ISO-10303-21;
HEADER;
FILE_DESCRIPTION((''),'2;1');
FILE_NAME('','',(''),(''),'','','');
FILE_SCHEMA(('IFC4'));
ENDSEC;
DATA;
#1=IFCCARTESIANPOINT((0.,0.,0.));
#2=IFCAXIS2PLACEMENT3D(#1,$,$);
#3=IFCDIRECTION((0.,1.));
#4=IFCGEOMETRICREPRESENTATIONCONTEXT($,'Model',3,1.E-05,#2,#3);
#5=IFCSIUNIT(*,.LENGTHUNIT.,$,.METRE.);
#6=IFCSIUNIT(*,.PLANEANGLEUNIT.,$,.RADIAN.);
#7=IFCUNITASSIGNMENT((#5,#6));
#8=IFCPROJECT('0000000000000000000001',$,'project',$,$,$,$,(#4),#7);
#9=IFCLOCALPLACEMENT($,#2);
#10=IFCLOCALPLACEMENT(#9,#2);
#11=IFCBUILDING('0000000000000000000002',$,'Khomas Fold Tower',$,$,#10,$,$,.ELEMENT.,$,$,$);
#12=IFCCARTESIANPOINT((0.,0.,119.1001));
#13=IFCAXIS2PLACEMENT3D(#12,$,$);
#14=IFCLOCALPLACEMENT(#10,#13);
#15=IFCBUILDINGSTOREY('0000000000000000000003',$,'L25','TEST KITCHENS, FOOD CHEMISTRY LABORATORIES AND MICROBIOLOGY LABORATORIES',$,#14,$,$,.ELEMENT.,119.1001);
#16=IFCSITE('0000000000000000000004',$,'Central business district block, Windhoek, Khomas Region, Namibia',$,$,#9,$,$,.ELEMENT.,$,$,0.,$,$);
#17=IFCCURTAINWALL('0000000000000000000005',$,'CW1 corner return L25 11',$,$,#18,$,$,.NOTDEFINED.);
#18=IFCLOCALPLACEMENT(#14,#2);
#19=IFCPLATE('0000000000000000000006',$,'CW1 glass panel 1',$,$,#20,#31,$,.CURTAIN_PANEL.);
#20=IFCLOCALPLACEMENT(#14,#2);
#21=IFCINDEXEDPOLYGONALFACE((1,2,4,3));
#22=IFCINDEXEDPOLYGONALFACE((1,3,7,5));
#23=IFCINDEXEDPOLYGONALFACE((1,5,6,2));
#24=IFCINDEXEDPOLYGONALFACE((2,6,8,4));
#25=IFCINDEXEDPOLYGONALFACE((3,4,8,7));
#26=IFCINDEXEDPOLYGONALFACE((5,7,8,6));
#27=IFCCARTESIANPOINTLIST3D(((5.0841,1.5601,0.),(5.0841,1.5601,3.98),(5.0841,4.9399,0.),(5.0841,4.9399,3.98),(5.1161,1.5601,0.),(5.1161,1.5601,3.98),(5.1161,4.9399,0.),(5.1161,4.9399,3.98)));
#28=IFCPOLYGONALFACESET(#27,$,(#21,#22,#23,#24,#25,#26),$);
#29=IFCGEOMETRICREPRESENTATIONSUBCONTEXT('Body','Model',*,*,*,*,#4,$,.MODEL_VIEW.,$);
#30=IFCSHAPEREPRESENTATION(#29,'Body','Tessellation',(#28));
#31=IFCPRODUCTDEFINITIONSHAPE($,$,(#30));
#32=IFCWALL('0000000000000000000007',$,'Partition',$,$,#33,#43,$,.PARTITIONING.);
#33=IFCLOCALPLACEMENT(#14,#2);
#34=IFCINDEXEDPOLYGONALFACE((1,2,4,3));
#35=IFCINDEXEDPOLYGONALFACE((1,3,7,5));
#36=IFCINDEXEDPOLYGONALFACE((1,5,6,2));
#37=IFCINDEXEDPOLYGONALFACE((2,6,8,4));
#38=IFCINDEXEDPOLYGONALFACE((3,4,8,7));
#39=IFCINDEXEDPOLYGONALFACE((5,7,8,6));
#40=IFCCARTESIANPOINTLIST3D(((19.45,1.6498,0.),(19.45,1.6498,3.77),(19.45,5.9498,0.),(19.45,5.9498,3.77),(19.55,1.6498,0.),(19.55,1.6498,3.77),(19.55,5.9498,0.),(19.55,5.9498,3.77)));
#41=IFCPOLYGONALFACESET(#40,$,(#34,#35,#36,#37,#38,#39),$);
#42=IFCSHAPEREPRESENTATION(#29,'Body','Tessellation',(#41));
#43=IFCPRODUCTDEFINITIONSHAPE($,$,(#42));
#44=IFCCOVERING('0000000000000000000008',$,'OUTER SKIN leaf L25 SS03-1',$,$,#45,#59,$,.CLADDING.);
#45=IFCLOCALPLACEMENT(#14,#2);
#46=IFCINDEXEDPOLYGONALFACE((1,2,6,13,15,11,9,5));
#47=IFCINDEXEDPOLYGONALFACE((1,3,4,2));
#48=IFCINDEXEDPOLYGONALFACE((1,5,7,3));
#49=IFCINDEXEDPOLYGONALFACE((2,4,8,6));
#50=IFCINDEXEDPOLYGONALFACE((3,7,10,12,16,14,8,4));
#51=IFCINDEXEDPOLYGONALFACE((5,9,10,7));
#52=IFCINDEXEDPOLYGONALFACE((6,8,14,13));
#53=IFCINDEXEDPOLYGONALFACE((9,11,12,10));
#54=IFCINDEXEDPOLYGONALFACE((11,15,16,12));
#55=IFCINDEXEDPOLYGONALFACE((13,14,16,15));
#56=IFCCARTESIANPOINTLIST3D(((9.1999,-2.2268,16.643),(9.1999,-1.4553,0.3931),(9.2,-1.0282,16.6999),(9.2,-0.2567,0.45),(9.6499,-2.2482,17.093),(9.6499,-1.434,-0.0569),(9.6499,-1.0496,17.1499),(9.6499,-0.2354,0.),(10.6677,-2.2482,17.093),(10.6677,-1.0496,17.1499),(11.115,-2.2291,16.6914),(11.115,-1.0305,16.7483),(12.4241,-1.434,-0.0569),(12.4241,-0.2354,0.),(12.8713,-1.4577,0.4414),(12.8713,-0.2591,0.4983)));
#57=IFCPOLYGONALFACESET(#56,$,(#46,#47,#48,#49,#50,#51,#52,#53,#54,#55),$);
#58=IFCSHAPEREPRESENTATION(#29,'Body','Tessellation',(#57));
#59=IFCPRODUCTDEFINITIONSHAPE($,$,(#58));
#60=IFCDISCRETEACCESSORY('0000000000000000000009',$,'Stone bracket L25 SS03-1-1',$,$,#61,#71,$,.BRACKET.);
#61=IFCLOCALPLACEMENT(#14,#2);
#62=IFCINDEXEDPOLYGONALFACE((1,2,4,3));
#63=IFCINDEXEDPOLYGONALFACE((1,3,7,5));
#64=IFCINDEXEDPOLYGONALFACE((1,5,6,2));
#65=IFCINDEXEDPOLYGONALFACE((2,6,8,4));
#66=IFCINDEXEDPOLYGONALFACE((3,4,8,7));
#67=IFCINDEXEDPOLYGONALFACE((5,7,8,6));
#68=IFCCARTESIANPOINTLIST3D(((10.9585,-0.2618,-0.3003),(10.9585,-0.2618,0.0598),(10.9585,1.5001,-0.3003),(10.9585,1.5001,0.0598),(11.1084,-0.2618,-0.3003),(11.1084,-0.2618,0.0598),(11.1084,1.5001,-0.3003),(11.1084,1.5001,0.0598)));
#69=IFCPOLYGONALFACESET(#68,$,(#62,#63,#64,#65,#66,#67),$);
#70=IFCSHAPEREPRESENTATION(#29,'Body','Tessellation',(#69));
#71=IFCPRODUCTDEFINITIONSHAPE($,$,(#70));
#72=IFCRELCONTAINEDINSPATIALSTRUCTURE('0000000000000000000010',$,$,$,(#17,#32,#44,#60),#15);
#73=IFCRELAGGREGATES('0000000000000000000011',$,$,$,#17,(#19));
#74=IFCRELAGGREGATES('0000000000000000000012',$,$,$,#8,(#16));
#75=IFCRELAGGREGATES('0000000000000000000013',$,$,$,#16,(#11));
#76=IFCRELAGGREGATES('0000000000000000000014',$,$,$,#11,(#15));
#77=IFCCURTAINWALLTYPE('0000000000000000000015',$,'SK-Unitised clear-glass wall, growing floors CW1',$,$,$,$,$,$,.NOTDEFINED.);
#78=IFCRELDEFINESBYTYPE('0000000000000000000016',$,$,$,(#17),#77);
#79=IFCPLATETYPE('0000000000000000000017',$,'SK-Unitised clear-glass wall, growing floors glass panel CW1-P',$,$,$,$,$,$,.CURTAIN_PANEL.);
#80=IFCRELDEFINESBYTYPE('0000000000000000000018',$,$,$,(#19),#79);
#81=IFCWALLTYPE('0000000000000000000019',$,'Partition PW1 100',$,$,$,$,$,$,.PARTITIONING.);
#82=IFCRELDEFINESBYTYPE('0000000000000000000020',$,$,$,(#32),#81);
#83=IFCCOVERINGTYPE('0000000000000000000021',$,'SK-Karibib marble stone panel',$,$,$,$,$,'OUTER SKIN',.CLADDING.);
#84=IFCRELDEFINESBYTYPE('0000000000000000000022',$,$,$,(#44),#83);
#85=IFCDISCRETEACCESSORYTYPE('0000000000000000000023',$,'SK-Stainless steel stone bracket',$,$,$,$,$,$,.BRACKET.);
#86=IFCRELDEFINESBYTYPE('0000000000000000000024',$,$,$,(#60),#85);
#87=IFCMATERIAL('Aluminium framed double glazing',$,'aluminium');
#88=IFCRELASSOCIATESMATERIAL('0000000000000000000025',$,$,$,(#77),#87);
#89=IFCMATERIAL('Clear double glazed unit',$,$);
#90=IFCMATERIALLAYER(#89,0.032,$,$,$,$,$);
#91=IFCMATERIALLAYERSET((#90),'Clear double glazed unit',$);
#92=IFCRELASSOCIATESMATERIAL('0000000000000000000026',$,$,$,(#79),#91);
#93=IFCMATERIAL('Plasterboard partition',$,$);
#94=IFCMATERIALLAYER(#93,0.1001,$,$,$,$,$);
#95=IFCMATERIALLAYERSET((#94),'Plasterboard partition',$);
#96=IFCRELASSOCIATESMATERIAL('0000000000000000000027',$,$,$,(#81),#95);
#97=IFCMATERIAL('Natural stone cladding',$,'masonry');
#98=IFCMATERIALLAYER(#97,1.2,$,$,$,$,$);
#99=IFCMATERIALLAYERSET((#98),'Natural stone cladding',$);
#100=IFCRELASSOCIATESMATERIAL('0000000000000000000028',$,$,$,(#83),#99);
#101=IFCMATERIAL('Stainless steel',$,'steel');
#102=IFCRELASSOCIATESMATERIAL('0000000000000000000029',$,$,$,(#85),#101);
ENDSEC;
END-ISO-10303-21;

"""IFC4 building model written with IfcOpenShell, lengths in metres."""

from ifc_helpers import new_model, si_unit, direction, frame, frame_2d, origin, origin_2d, place, context, subcontext, project, spatial, polyline, rectangle, outline, extrude, source, transform, mapped, material, layer, layer_set, type_object, element, aggregate, save


model = new_model("IFC4")

# Units and contexts
model_context = context("Model", 3, precision=1e-05, world=origin(), true_north=direction((0.0, 1.0)))
body_context = subcontext(model_context, "Body", "Model", "MODEL_VIEW")
ifc_project = project(units=[si_unit("LENGTHUNIT", "METRE"), si_unit("PLANEANGLEUNIT", "RADIAN")], contexts=[model_context])

# Site, building, storey
site_placement = place(None, origin())
site = spatial("IfcSite", under=ifc_project, at=site_placement, Name="Central business district block, Windhoek, Khomas Region, Namibia", CompositionType="ELEMENT", RefElevation=0.0)
building_placement = place(site_placement, origin())
building = spatial("IfcBuilding", under=site, at=building_placement, Name="Khomas Fold Tower", CompositionType="ELEMENT")
storey_placement = place(building_placement, frame((0.0, 0.0, 119.1001)))
storey = spatial("IfcBuildingStorey", under=building, at=storey_placement, Name="L25", Description="TEST KITCHENS, FOOD CHEMISTRY LABORATORIES AND MICROBIOLOGY LABORATORIES", CompositionType="ELEMENT", Elevation=119.1001)

# Shared definitions
ifc_material_1 = material(Name="Aluminium framed double glazing", Category="aluminium")
curtain_wall_type = type_object("IfcCurtainWallType", Name="SK-Unitised clear-glass wall, growing floors CW1", PredefinedType="NOTDEFINED", material=ifc_material_1)

# Curtain wall
curtain_wall_1_placement = place(storey_placement, origin())
curtain_wall_1 = element("IfcCurtainWall", 1, at=curtain_wall_1_placement, inside=storey, type_object=curtain_wall_type, Name="CW1 corner return L25 11", PredefinedType="NOTDEFINED")

# Plate
ifc_material_2 = material(Name="Clear double glazed unit")
ifc_layer_1 = layer(ifc_material_2, 0.032)
ifc_layer_set_1 = layer_set([ifc_layer_1], Name="Clear double glazed unit")
plate_type = type_object("IfcPlateType", Name="SK-Unitised clear-glass wall, growing floors glass panel CW1-P", PredefinedType="CURTAIN_PANEL", material=ifc_layer_set_1)
shared_shape_1 = source(origin(), body_context, "Body", "SweptSolid", [
    extrude(rectangle(XDim=3.3799, YDim=0.032, at=origin_2d()), origin(), (0.0, 0.0, 1.0), 3.98),
])
plate_1_placement = place(storey_placement, frame((5.1001, 3.25, 0.0), z_axis=(0.0, 0.0, 1.0), x_axis=(0.0, -1.0, 0.0)))
plate_1 = element("IfcPlate", 2, at=plate_1_placement, type_object=plate_type, Name="CW1 glass panel 1", PredefinedType="CURTAIN_PANEL", context=body_context, shape_type="MappedRepresentation", body=[
    mapped(shared_shape_1, transform((0.0, 0.0, 0.0))),
])
aggregate(curtain_wall_1, [plate_1])

# Wall
ifc_material_3 = material(Name="Plasterboard partition")
ifc_layer_2 = layer(ifc_material_3, 0.1001)
ifc_layer_set_2 = layer_set([ifc_layer_2], Name="Plasterboard partition")
wall_type = type_object("IfcWallType", Name="Partition PW1 100", PredefinedType="PARTITIONING", material=ifc_layer_set_2)
shared_shape_2 = source(origin(), body_context, "Body", "SweptSolid", [
    extrude(rectangle(XDim=4.3, YDim=0.1001, at=frame_2d((2.1499, 0.0))), origin(), (0.0, 0.0, 1.0), 3.77),
])
wall_placement = place(storey_placement, frame((19.5, 1.6499, 0.0), z_axis=(0.0, 0.0, 1.0), x_axis=(0.0, 1.0, 0.0)))
element("IfcWall", 3, at=wall_placement, inside=storey, type_object=wall_type, Name="Partition", PredefinedType="PARTITIONING", context=body_context, shape_type="MappedRepresentation", body=[
    mapped(shared_shape_2, transform((0.0, 0.0, 0.0))),
])

# Covering
ifc_material_4 = material(Name="Natural stone cladding", Category="masonry")
ifc_layer_3 = layer(ifc_material_4, 1.2)
ifc_layer_set_3 = layer_set([ifc_layer_3], Name="Natural stone cladding")
covering_type = type_object("IfcCoveringType", Name="SK-Karibib marble stone panel", ElementType="OUTER SKIN", PredefinedType="CLADDING", material=ifc_layer_set_3)
covering_placement = place(storey_placement, frame((11.115, -1.0305, 16.7483), z_axis=(0.000009, 0.998875, 0.047422), x_axis=(0.107338, 0.047147, -0.993104)))
element("IfcCovering", 4, at=covering_placement, inside=storey, type_object=covering_type, Name="OUTER SKIN leaf L25 SS03-1", PredefinedType="CLADDING", context=body_context, shape_type="SweptSolid", body=[
    extrude(outline(polyline([(0.0, 0.0), (16.3628, 0.0), (16.8108, 0.4982), (16.513, 3.2564), (16.0169, 3.6554), (-0.1574, 1.9092), (-0.557, 1.4135), (-0.4477, 0.4015), (0.0, 0.0)])), origin(), (0.0, 0.0, -1.0), 1.2),
])

# Discrete accessory
ifc_material_5 = material(Name="Stainless steel", Category="steel")
discrete_accessory_type = type_object("IfcDiscreteAccessoryType", Name="SK-Stainless steel stone bracket", PredefinedType="BRACKET", material=ifc_material_5)
shared_shape_3 = source(origin(), body_context, "Body", "SweptSolid", [
    extrude(rectangle(XDim=1.762, YDim=0.1499, at=origin_2d()), origin(), (0.0, 0.0, 1.0), 0.3601),
])
discrete_accessory_placement = place(storey_placement, frame((11.0334, 0.6191, -0.3003), z_axis=(0.0, 0.0, 1.0), x_axis=(0.0, -1.0, 0.0)))
element("IfcDiscreteAccessory", 5, at=discrete_accessory_placement, inside=storey, type_object=discrete_accessory_type, Name="Stone bracket L25 SS03-1-1", PredefinedType="BRACKET", context=body_context, shape_type="MappedRepresentation", body=[
    mapped(shared_shape_3, transform((0.0, 0.0, 0.0))),
])

save(model, "model.ifc")
